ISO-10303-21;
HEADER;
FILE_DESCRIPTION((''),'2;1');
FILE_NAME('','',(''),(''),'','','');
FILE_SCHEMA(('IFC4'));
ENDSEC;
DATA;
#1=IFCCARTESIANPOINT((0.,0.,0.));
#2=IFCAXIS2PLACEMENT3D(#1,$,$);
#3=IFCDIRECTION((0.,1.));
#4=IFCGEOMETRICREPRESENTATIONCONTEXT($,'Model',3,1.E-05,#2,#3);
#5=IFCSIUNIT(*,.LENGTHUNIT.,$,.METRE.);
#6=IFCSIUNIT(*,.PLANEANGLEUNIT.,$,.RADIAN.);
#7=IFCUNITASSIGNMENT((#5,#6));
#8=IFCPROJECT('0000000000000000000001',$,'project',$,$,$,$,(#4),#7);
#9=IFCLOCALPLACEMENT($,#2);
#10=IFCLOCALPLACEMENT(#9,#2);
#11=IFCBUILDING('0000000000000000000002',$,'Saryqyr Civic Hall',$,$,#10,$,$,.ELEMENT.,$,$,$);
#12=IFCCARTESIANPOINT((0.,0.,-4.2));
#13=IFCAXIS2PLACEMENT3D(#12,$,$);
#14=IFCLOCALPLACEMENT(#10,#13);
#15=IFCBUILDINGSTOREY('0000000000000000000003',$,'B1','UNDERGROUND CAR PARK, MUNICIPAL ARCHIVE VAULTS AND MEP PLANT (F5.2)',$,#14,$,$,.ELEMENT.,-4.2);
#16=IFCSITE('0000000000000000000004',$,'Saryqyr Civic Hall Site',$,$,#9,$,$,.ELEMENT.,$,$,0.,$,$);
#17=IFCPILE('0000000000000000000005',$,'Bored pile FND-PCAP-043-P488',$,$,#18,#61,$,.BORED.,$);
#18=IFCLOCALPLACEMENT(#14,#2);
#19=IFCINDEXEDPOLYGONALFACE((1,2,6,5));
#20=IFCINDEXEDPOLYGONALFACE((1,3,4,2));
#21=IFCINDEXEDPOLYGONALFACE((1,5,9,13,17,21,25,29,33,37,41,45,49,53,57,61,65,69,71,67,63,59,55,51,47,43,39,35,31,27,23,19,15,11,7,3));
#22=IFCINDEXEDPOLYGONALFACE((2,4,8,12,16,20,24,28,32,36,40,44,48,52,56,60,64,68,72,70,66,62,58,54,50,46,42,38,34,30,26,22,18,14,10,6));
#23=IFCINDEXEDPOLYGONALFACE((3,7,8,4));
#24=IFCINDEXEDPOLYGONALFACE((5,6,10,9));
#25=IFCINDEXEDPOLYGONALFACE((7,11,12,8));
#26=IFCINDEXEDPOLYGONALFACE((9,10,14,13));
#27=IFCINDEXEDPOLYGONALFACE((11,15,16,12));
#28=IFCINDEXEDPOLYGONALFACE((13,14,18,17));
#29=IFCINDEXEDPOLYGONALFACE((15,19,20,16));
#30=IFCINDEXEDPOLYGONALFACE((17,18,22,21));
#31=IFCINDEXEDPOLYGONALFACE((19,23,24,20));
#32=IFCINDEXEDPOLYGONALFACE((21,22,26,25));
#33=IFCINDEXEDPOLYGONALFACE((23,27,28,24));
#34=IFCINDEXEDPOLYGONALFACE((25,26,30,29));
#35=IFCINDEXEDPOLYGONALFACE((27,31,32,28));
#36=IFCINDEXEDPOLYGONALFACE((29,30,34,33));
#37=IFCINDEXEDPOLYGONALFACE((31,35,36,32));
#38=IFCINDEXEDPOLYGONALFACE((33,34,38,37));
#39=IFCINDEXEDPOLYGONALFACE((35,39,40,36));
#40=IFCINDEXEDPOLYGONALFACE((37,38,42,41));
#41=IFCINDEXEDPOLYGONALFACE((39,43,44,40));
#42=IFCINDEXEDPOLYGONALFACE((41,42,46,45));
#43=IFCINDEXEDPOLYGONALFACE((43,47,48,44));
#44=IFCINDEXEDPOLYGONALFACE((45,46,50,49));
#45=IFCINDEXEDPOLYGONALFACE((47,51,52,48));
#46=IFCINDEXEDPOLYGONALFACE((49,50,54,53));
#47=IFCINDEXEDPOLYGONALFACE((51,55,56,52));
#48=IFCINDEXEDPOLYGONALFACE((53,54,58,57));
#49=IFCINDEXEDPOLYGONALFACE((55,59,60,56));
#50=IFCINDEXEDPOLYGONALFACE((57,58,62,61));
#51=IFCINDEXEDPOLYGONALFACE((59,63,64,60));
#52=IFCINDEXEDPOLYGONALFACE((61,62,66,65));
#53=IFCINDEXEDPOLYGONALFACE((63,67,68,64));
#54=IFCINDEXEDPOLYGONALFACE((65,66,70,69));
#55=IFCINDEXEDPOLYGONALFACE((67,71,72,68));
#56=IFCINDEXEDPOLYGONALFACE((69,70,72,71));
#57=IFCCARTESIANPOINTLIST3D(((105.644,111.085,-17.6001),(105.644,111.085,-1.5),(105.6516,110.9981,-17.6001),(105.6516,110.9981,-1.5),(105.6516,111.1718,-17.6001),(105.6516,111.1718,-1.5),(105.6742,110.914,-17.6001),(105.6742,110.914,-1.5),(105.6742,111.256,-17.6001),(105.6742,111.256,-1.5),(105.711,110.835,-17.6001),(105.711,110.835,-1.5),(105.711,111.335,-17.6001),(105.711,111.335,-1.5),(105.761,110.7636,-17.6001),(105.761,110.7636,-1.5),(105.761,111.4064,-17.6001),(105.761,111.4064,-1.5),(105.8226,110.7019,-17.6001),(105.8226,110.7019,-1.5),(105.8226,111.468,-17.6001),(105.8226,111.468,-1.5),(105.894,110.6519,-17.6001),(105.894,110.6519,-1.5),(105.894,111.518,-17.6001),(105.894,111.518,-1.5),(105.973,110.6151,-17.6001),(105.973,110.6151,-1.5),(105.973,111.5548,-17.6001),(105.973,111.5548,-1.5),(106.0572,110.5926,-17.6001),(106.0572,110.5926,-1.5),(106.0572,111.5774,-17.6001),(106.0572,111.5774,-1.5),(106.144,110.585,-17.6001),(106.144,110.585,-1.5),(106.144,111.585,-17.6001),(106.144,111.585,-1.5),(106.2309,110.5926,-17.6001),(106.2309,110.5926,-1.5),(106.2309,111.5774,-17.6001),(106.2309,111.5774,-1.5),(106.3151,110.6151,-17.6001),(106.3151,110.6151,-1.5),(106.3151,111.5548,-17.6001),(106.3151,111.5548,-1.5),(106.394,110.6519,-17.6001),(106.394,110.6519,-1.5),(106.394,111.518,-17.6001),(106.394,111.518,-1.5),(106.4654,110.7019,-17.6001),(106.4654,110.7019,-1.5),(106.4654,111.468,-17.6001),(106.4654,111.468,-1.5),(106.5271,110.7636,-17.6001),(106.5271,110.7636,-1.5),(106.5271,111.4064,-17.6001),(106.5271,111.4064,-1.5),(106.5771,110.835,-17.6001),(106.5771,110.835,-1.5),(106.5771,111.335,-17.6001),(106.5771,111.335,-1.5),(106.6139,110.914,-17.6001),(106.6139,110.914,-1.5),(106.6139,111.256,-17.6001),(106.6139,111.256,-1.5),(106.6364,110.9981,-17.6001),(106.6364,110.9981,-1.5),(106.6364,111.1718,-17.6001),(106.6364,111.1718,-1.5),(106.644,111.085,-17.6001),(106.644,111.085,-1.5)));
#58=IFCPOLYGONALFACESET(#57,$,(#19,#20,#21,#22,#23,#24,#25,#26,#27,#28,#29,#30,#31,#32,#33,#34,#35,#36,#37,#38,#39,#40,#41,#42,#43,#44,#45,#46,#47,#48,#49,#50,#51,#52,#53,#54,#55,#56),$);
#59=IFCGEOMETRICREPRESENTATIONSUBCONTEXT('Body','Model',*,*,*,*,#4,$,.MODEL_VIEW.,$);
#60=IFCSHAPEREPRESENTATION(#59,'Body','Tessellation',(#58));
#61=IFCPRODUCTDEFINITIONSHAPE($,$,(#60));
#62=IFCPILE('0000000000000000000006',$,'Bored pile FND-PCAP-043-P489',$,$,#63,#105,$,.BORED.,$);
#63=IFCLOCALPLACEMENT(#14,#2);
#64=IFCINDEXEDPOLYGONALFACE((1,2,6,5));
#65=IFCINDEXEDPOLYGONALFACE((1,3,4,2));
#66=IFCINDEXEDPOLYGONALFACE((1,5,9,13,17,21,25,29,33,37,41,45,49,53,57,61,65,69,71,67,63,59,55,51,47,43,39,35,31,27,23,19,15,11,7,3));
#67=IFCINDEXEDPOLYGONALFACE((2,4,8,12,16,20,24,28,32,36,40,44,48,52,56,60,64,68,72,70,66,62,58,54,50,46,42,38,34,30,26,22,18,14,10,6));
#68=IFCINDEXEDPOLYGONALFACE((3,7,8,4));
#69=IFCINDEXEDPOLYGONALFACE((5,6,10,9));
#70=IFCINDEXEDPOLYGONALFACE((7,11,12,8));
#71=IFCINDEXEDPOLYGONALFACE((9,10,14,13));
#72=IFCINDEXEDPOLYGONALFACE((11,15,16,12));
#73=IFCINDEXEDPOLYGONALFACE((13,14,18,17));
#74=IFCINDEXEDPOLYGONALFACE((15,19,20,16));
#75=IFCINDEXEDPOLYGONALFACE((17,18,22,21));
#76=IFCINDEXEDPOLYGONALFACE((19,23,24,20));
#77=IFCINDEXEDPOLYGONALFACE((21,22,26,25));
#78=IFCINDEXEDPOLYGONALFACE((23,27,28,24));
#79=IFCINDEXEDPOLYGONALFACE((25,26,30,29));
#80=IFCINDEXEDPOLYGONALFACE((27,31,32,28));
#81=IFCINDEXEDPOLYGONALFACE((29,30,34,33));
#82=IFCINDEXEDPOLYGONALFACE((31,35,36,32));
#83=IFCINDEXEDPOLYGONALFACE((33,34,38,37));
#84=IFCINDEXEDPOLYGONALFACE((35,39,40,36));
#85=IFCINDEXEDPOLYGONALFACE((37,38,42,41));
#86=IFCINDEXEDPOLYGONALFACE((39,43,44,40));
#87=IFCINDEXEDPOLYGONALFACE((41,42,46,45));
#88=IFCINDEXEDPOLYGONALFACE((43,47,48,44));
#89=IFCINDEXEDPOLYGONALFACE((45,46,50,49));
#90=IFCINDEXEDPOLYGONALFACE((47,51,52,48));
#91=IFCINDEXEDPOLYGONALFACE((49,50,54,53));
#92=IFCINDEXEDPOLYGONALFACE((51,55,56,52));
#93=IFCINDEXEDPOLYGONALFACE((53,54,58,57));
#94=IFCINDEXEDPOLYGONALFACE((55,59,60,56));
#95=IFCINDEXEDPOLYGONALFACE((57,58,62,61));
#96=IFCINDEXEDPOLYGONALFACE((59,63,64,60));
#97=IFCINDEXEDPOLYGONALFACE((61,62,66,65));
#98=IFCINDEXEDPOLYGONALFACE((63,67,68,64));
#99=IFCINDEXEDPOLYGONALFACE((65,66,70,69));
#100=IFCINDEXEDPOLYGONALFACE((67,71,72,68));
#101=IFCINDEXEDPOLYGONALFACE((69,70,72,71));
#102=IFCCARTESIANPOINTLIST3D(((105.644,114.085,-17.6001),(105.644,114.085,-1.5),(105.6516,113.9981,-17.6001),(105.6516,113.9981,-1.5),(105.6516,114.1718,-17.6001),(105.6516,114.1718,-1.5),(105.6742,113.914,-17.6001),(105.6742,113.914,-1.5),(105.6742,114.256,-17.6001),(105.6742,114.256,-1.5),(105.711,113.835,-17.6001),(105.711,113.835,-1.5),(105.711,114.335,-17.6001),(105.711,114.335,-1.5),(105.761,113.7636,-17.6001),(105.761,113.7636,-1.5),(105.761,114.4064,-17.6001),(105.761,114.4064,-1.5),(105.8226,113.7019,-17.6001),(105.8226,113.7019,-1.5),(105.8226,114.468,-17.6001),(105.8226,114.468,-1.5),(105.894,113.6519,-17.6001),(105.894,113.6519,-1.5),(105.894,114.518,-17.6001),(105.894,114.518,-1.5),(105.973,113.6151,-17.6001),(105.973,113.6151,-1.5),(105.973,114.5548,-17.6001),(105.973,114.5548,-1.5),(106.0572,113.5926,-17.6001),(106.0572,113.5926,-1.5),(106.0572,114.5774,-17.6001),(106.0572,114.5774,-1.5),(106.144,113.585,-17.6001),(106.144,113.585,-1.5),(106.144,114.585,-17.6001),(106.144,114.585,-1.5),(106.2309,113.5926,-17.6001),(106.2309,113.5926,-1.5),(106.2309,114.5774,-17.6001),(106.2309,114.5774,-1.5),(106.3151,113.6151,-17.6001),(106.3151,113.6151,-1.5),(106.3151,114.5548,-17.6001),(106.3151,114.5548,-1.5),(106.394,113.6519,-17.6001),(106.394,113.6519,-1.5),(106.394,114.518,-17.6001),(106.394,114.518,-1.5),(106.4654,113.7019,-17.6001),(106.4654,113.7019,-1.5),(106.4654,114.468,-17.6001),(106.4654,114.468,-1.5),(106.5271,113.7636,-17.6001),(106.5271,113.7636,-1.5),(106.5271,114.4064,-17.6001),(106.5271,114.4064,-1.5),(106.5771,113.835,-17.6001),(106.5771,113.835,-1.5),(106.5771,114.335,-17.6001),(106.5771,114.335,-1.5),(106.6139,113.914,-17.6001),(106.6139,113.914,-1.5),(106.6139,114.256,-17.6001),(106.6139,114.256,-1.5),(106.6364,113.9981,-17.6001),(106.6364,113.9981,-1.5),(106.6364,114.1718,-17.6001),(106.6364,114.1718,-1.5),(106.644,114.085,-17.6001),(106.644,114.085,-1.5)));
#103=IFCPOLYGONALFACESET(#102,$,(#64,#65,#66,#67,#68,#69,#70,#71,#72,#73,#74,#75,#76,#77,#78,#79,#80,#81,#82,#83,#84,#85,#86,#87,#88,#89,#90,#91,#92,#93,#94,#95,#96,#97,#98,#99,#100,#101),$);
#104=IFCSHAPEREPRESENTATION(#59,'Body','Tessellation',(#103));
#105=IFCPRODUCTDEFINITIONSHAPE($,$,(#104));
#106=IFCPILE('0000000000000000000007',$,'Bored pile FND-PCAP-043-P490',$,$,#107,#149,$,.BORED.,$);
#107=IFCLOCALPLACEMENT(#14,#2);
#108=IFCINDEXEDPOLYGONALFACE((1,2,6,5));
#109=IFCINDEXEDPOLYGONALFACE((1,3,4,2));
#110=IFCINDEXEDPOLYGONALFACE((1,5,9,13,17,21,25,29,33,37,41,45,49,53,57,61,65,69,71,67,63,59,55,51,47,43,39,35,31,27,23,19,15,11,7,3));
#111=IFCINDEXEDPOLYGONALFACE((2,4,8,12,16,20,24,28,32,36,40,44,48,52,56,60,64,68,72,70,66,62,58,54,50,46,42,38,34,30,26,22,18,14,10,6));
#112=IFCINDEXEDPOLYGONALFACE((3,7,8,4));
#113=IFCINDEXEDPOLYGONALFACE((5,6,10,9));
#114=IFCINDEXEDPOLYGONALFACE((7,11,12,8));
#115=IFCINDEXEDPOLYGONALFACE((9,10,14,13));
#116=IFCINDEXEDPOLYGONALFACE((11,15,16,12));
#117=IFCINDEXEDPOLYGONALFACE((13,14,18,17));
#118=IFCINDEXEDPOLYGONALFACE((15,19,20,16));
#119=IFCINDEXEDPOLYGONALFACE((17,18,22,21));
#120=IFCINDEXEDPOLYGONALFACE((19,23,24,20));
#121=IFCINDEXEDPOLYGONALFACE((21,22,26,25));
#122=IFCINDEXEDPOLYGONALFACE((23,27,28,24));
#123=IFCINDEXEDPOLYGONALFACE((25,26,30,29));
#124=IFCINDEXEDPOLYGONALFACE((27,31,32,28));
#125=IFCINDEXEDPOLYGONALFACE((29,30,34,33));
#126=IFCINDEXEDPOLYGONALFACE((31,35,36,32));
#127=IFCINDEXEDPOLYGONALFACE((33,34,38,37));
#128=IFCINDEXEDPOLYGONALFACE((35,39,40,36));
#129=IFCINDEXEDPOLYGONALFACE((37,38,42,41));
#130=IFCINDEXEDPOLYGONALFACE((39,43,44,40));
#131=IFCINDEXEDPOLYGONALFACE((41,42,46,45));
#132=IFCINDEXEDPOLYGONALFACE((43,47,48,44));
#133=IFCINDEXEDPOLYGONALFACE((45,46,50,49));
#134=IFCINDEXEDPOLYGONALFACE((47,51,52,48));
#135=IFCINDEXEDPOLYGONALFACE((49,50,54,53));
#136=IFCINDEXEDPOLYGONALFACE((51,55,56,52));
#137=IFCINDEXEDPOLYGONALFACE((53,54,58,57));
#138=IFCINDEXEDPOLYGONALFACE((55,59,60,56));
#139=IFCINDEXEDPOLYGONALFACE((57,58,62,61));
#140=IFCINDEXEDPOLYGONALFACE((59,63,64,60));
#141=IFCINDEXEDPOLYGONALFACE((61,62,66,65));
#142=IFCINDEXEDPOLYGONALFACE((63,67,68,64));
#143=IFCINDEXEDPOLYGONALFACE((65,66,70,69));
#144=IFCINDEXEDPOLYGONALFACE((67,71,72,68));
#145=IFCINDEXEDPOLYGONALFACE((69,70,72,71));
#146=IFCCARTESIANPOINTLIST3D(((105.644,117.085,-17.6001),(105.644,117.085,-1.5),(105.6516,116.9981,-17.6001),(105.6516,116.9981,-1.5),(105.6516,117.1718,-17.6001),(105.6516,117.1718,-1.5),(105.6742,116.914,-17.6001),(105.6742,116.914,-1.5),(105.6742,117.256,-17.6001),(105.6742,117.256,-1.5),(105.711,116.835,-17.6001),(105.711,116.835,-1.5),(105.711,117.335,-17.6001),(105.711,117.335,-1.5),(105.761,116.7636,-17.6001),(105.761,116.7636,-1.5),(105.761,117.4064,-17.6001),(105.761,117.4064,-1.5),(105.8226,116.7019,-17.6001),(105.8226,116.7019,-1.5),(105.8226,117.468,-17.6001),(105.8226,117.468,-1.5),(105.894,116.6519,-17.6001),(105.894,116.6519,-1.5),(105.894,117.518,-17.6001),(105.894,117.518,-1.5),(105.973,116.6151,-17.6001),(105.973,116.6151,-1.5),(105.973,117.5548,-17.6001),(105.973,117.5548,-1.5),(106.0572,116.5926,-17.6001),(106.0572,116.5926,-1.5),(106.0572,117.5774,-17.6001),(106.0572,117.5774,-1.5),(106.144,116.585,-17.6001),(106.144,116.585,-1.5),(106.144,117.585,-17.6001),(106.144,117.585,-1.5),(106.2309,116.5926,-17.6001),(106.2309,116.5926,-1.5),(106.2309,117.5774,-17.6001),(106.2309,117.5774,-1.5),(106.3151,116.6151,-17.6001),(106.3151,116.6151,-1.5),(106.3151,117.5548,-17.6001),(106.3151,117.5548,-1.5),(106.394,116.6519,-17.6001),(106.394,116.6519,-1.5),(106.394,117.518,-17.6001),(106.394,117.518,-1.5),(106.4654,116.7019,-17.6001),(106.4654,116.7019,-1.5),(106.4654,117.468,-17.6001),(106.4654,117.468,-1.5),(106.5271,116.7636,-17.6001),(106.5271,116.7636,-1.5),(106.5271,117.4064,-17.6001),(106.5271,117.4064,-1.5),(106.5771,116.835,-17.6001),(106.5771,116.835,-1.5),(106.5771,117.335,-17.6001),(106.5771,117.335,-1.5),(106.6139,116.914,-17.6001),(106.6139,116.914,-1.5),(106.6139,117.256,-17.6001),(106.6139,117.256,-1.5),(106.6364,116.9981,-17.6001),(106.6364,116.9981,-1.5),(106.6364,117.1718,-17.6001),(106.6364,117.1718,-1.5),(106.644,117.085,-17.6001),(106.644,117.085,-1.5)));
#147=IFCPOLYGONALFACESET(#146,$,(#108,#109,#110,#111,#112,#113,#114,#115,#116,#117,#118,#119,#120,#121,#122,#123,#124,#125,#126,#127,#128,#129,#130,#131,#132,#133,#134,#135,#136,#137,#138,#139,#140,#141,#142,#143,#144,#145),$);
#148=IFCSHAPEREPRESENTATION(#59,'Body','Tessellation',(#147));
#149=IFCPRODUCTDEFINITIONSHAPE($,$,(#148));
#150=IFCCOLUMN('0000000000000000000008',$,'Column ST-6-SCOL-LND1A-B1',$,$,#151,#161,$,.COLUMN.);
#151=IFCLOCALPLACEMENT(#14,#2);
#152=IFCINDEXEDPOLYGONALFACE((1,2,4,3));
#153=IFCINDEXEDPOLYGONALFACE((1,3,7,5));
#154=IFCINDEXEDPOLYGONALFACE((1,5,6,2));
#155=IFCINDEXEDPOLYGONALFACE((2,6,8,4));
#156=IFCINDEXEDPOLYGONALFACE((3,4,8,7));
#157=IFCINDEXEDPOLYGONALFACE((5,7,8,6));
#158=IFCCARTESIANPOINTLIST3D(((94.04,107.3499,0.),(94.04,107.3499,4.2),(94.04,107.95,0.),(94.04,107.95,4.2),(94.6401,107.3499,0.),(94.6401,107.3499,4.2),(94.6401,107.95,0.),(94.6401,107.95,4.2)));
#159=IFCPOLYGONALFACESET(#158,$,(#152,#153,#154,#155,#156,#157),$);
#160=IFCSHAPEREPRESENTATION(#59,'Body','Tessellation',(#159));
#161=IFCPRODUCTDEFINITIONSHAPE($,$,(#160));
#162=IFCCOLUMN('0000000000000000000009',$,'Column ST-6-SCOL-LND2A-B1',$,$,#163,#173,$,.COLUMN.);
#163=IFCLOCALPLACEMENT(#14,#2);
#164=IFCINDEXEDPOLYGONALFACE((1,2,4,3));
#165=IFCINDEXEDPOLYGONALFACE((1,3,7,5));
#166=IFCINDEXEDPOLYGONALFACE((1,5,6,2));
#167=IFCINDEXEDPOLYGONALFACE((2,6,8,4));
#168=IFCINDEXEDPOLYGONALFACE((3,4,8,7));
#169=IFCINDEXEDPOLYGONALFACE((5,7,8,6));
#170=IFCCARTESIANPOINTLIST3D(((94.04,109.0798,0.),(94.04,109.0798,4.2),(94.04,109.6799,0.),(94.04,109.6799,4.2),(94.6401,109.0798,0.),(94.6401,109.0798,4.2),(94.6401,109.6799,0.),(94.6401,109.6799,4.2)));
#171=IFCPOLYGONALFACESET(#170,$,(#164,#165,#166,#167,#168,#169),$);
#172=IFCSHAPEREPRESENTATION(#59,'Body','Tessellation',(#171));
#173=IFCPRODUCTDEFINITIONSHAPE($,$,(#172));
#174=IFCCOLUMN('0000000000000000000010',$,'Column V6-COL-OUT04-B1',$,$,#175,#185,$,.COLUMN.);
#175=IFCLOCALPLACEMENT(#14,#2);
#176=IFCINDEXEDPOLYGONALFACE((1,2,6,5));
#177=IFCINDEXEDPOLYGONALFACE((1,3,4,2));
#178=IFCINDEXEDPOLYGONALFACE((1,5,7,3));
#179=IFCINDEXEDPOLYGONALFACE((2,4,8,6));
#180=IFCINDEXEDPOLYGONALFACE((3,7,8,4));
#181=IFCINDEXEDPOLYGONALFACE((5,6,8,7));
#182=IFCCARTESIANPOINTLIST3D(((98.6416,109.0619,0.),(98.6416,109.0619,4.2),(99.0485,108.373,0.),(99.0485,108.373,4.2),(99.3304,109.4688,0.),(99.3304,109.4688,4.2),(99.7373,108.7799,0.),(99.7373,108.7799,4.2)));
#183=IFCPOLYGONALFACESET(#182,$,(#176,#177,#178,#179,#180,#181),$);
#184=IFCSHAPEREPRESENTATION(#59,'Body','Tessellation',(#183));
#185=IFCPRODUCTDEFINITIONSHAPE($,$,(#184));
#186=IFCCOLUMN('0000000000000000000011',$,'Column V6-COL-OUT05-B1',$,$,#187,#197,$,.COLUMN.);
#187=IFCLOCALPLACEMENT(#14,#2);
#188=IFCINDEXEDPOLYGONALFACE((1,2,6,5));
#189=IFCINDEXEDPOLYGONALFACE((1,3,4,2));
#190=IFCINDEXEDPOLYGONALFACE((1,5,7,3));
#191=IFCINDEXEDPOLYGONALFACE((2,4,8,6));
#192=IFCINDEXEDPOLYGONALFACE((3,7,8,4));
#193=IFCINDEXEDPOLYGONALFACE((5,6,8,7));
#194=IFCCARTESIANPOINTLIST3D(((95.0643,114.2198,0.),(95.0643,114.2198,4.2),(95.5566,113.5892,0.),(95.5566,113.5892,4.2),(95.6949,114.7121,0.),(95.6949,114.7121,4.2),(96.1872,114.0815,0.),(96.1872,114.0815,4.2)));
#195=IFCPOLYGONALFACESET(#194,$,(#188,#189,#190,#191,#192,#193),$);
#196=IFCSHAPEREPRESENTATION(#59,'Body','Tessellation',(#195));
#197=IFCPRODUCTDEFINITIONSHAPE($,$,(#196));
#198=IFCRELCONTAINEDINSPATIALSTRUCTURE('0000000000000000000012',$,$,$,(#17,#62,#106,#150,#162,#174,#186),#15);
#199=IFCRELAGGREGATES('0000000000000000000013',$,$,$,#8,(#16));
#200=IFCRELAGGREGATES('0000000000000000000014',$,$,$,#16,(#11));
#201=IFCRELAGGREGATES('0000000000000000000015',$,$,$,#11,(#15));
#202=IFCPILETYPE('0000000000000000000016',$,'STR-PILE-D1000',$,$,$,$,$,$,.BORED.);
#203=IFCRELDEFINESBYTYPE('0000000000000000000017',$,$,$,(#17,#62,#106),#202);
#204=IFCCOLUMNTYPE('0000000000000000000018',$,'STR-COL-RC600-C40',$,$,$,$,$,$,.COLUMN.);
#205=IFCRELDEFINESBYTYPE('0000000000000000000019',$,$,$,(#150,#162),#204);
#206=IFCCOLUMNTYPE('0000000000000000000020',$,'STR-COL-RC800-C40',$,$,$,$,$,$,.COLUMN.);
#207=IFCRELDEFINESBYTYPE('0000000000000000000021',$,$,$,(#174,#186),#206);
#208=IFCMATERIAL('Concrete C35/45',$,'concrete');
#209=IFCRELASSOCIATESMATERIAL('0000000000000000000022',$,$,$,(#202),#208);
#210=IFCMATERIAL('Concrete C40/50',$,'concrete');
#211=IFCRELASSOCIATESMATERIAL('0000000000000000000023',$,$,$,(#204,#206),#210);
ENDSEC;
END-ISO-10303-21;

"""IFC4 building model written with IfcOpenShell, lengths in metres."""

from ifc_helpers import new_model, si_unit, direction, frame, origin, origin_2d, place, context, subcontext, project, spatial, rectangle, circle, extrude, material, material_profile, profile_set, type_object, element, save


model = new_model("IFC4")

# Units and contexts
model_context = context("Model", 3, precision=1e-05, world=origin(), true_north=direction((0.0, 1.0)))
body_context = subcontext(model_context, "Body", "Model", "MODEL_VIEW")
ifc_project = project(units=[si_unit("LENGTHUNIT", "METRE"), si_unit("PLANEANGLEUNIT", "RADIAN")], contexts=[model_context])

# Site, building, storey
site_placement = place(None, origin())
site = spatial("IfcSite", under=ifc_project, at=site_placement, Name="Saryqyr Civic Hall Site", CompositionType="ELEMENT", RefElevation=0.0)
building_placement = place(site_placement, origin())
building = spatial("IfcBuilding", under=site, at=building_placement, Name="Saryqyr Civic Hall", CompositionType="ELEMENT")
storey_placement = place(building_placement, frame((0.0, 0.0, -4.2)))
storey = spatial("IfcBuildingStorey", under=building, at=storey_placement, Name="B1", Description="UNDERGROUND CAR PARK, MUNICIPAL ARCHIVE VAULTS AND MEP PLANT (F5.2)", CompositionType="ELEMENT", Elevation=-4.2)

# Piles
ifc_material_1 = material(Name="Concrete C35/45", Category="concrete")
ifc_material_profile_1 = material_profile(ifc_material_1, circle(Radius=0.5, at=origin_2d()), Name="BORED PILE D1000")
ifc_profile_set_1 = profile_set([ifc_material_profile_1], Name="Concrete C35/45")
pile_type = type_object("IfcPileType", Name="STR-PILE-D1000", PredefinedType="BORED", material=ifc_profile_set_1)
for number, where, z_axis, x_axis, name in (
    (1, (106.144, 111.085, -1.5), (0.0, 0.0, -1.0), (1.0, 0.0, 0.0), "Bored pile FND-PCAP-043-P488"),
    (2, (106.144, 114.085, -1.5), (0.0, 0.0, -1.0), (1.0, 0.0, 0.0), "Bored pile FND-PCAP-043-P489"),
    (3, (106.144, 117.085, -1.5), (0.0, 0.0, -1.0), (1.0, 0.0, 0.0), "Bored pile FND-PCAP-043-P490"),
):
    element("IfcPile", number, at=place(storey_placement, frame(where, z_axis=z_axis, x_axis=x_axis)), inside=storey, type_object=pile_type, Name=name, PredefinedType="BORED", context=body_context, shape_type="SweptSolid", body=[
        extrude(circle(Radius=0.5, at=origin_2d()), origin(), (0.0, 0.0, 1.0), 16.1001),
    ])

# Columns
ifc_material_2 = material(Name="Concrete C40/50", Category="concrete")
ifc_material_profile_2 = material_profile(ifc_material_2, rectangle(XDim=0.6001, YDim=0.6001, at=origin_2d()), Name="RC 600x600")
ifc_profile_set_2 = profile_set([ifc_material_profile_2], Name="Concrete C40/50")
column_type_1 = type_object("IfcColumnType", Name="STR-COL-RC600-C40", PredefinedType="COLUMN", material=ifc_profile_set_2)
for number, where, z_axis, x_axis, name in (
    (4, (94.3401, 107.6499, 0.0), (0.0, 0.0, 1.0), (1.0, 0.0, 0.0), "Column ST-6-SCOL-LND1A-B1"),
    (5, (94.3401, 109.3799, 0.0), (0.0, 0.0, 1.0), (1.0, 0.0, 0.0), "Column ST-6-SCOL-LND2A-B1"),
):
    element("IfcColumn", number, at=place(storey_placement, frame(where, z_axis=z_axis, x_axis=x_axis)), inside=storey, type_object=column_type_1, Name=name, PredefinedType="COLUMN", context=body_context, shape_type="SweptSolid", body=[
        extrude(rectangle(XDim=0.6001, YDim=0.6001, at=origin_2d()), origin(), (0.0, 0.0, 1.0), 4.2),
    ])
ifc_material_profile_3 = material_profile(ifc_material_2, rectangle(XDim=0.8, YDim=0.8, at=origin_2d()), Name="RC 800x800")
ifc_profile_set_3 = profile_set([ifc_material_profile_3], Name="Concrete C40/50")
column_type_2 = type_object("IfcColumnType", Name="STR-COL-RC800-C40", PredefinedType="COLUMN", material=ifc_profile_set_3)
for number, where, z_axis, x_axis, name in (
    (6, (99.1895, 108.9209, 0.0), (0.0, 0.0, 1.0), (0.861008, 0.508591, 0.0), "Column V6-COL-OUT04-B1"),
    (7, (95.6257, 114.1506, 0.0), (0.0, 0.0, 1.0), (0.788226, 0.615386, 0.0), "Column V6-COL-OUT05-B1"),
):
    element("IfcColumn", number, at=place(storey_placement, frame(where, z_axis=z_axis, x_axis=x_axis)), inside=storey, type_object=column_type_2, Name=name, PredefinedType="COLUMN", context=body_context, shape_type="SweptSolid", body=[
        extrude(rectangle(XDim=0.8, YDim=0.8, at=origin_2d()), origin(), (0.0, 0.0, 1.0), 4.2),
    ])

save(model, "model.ifc")
